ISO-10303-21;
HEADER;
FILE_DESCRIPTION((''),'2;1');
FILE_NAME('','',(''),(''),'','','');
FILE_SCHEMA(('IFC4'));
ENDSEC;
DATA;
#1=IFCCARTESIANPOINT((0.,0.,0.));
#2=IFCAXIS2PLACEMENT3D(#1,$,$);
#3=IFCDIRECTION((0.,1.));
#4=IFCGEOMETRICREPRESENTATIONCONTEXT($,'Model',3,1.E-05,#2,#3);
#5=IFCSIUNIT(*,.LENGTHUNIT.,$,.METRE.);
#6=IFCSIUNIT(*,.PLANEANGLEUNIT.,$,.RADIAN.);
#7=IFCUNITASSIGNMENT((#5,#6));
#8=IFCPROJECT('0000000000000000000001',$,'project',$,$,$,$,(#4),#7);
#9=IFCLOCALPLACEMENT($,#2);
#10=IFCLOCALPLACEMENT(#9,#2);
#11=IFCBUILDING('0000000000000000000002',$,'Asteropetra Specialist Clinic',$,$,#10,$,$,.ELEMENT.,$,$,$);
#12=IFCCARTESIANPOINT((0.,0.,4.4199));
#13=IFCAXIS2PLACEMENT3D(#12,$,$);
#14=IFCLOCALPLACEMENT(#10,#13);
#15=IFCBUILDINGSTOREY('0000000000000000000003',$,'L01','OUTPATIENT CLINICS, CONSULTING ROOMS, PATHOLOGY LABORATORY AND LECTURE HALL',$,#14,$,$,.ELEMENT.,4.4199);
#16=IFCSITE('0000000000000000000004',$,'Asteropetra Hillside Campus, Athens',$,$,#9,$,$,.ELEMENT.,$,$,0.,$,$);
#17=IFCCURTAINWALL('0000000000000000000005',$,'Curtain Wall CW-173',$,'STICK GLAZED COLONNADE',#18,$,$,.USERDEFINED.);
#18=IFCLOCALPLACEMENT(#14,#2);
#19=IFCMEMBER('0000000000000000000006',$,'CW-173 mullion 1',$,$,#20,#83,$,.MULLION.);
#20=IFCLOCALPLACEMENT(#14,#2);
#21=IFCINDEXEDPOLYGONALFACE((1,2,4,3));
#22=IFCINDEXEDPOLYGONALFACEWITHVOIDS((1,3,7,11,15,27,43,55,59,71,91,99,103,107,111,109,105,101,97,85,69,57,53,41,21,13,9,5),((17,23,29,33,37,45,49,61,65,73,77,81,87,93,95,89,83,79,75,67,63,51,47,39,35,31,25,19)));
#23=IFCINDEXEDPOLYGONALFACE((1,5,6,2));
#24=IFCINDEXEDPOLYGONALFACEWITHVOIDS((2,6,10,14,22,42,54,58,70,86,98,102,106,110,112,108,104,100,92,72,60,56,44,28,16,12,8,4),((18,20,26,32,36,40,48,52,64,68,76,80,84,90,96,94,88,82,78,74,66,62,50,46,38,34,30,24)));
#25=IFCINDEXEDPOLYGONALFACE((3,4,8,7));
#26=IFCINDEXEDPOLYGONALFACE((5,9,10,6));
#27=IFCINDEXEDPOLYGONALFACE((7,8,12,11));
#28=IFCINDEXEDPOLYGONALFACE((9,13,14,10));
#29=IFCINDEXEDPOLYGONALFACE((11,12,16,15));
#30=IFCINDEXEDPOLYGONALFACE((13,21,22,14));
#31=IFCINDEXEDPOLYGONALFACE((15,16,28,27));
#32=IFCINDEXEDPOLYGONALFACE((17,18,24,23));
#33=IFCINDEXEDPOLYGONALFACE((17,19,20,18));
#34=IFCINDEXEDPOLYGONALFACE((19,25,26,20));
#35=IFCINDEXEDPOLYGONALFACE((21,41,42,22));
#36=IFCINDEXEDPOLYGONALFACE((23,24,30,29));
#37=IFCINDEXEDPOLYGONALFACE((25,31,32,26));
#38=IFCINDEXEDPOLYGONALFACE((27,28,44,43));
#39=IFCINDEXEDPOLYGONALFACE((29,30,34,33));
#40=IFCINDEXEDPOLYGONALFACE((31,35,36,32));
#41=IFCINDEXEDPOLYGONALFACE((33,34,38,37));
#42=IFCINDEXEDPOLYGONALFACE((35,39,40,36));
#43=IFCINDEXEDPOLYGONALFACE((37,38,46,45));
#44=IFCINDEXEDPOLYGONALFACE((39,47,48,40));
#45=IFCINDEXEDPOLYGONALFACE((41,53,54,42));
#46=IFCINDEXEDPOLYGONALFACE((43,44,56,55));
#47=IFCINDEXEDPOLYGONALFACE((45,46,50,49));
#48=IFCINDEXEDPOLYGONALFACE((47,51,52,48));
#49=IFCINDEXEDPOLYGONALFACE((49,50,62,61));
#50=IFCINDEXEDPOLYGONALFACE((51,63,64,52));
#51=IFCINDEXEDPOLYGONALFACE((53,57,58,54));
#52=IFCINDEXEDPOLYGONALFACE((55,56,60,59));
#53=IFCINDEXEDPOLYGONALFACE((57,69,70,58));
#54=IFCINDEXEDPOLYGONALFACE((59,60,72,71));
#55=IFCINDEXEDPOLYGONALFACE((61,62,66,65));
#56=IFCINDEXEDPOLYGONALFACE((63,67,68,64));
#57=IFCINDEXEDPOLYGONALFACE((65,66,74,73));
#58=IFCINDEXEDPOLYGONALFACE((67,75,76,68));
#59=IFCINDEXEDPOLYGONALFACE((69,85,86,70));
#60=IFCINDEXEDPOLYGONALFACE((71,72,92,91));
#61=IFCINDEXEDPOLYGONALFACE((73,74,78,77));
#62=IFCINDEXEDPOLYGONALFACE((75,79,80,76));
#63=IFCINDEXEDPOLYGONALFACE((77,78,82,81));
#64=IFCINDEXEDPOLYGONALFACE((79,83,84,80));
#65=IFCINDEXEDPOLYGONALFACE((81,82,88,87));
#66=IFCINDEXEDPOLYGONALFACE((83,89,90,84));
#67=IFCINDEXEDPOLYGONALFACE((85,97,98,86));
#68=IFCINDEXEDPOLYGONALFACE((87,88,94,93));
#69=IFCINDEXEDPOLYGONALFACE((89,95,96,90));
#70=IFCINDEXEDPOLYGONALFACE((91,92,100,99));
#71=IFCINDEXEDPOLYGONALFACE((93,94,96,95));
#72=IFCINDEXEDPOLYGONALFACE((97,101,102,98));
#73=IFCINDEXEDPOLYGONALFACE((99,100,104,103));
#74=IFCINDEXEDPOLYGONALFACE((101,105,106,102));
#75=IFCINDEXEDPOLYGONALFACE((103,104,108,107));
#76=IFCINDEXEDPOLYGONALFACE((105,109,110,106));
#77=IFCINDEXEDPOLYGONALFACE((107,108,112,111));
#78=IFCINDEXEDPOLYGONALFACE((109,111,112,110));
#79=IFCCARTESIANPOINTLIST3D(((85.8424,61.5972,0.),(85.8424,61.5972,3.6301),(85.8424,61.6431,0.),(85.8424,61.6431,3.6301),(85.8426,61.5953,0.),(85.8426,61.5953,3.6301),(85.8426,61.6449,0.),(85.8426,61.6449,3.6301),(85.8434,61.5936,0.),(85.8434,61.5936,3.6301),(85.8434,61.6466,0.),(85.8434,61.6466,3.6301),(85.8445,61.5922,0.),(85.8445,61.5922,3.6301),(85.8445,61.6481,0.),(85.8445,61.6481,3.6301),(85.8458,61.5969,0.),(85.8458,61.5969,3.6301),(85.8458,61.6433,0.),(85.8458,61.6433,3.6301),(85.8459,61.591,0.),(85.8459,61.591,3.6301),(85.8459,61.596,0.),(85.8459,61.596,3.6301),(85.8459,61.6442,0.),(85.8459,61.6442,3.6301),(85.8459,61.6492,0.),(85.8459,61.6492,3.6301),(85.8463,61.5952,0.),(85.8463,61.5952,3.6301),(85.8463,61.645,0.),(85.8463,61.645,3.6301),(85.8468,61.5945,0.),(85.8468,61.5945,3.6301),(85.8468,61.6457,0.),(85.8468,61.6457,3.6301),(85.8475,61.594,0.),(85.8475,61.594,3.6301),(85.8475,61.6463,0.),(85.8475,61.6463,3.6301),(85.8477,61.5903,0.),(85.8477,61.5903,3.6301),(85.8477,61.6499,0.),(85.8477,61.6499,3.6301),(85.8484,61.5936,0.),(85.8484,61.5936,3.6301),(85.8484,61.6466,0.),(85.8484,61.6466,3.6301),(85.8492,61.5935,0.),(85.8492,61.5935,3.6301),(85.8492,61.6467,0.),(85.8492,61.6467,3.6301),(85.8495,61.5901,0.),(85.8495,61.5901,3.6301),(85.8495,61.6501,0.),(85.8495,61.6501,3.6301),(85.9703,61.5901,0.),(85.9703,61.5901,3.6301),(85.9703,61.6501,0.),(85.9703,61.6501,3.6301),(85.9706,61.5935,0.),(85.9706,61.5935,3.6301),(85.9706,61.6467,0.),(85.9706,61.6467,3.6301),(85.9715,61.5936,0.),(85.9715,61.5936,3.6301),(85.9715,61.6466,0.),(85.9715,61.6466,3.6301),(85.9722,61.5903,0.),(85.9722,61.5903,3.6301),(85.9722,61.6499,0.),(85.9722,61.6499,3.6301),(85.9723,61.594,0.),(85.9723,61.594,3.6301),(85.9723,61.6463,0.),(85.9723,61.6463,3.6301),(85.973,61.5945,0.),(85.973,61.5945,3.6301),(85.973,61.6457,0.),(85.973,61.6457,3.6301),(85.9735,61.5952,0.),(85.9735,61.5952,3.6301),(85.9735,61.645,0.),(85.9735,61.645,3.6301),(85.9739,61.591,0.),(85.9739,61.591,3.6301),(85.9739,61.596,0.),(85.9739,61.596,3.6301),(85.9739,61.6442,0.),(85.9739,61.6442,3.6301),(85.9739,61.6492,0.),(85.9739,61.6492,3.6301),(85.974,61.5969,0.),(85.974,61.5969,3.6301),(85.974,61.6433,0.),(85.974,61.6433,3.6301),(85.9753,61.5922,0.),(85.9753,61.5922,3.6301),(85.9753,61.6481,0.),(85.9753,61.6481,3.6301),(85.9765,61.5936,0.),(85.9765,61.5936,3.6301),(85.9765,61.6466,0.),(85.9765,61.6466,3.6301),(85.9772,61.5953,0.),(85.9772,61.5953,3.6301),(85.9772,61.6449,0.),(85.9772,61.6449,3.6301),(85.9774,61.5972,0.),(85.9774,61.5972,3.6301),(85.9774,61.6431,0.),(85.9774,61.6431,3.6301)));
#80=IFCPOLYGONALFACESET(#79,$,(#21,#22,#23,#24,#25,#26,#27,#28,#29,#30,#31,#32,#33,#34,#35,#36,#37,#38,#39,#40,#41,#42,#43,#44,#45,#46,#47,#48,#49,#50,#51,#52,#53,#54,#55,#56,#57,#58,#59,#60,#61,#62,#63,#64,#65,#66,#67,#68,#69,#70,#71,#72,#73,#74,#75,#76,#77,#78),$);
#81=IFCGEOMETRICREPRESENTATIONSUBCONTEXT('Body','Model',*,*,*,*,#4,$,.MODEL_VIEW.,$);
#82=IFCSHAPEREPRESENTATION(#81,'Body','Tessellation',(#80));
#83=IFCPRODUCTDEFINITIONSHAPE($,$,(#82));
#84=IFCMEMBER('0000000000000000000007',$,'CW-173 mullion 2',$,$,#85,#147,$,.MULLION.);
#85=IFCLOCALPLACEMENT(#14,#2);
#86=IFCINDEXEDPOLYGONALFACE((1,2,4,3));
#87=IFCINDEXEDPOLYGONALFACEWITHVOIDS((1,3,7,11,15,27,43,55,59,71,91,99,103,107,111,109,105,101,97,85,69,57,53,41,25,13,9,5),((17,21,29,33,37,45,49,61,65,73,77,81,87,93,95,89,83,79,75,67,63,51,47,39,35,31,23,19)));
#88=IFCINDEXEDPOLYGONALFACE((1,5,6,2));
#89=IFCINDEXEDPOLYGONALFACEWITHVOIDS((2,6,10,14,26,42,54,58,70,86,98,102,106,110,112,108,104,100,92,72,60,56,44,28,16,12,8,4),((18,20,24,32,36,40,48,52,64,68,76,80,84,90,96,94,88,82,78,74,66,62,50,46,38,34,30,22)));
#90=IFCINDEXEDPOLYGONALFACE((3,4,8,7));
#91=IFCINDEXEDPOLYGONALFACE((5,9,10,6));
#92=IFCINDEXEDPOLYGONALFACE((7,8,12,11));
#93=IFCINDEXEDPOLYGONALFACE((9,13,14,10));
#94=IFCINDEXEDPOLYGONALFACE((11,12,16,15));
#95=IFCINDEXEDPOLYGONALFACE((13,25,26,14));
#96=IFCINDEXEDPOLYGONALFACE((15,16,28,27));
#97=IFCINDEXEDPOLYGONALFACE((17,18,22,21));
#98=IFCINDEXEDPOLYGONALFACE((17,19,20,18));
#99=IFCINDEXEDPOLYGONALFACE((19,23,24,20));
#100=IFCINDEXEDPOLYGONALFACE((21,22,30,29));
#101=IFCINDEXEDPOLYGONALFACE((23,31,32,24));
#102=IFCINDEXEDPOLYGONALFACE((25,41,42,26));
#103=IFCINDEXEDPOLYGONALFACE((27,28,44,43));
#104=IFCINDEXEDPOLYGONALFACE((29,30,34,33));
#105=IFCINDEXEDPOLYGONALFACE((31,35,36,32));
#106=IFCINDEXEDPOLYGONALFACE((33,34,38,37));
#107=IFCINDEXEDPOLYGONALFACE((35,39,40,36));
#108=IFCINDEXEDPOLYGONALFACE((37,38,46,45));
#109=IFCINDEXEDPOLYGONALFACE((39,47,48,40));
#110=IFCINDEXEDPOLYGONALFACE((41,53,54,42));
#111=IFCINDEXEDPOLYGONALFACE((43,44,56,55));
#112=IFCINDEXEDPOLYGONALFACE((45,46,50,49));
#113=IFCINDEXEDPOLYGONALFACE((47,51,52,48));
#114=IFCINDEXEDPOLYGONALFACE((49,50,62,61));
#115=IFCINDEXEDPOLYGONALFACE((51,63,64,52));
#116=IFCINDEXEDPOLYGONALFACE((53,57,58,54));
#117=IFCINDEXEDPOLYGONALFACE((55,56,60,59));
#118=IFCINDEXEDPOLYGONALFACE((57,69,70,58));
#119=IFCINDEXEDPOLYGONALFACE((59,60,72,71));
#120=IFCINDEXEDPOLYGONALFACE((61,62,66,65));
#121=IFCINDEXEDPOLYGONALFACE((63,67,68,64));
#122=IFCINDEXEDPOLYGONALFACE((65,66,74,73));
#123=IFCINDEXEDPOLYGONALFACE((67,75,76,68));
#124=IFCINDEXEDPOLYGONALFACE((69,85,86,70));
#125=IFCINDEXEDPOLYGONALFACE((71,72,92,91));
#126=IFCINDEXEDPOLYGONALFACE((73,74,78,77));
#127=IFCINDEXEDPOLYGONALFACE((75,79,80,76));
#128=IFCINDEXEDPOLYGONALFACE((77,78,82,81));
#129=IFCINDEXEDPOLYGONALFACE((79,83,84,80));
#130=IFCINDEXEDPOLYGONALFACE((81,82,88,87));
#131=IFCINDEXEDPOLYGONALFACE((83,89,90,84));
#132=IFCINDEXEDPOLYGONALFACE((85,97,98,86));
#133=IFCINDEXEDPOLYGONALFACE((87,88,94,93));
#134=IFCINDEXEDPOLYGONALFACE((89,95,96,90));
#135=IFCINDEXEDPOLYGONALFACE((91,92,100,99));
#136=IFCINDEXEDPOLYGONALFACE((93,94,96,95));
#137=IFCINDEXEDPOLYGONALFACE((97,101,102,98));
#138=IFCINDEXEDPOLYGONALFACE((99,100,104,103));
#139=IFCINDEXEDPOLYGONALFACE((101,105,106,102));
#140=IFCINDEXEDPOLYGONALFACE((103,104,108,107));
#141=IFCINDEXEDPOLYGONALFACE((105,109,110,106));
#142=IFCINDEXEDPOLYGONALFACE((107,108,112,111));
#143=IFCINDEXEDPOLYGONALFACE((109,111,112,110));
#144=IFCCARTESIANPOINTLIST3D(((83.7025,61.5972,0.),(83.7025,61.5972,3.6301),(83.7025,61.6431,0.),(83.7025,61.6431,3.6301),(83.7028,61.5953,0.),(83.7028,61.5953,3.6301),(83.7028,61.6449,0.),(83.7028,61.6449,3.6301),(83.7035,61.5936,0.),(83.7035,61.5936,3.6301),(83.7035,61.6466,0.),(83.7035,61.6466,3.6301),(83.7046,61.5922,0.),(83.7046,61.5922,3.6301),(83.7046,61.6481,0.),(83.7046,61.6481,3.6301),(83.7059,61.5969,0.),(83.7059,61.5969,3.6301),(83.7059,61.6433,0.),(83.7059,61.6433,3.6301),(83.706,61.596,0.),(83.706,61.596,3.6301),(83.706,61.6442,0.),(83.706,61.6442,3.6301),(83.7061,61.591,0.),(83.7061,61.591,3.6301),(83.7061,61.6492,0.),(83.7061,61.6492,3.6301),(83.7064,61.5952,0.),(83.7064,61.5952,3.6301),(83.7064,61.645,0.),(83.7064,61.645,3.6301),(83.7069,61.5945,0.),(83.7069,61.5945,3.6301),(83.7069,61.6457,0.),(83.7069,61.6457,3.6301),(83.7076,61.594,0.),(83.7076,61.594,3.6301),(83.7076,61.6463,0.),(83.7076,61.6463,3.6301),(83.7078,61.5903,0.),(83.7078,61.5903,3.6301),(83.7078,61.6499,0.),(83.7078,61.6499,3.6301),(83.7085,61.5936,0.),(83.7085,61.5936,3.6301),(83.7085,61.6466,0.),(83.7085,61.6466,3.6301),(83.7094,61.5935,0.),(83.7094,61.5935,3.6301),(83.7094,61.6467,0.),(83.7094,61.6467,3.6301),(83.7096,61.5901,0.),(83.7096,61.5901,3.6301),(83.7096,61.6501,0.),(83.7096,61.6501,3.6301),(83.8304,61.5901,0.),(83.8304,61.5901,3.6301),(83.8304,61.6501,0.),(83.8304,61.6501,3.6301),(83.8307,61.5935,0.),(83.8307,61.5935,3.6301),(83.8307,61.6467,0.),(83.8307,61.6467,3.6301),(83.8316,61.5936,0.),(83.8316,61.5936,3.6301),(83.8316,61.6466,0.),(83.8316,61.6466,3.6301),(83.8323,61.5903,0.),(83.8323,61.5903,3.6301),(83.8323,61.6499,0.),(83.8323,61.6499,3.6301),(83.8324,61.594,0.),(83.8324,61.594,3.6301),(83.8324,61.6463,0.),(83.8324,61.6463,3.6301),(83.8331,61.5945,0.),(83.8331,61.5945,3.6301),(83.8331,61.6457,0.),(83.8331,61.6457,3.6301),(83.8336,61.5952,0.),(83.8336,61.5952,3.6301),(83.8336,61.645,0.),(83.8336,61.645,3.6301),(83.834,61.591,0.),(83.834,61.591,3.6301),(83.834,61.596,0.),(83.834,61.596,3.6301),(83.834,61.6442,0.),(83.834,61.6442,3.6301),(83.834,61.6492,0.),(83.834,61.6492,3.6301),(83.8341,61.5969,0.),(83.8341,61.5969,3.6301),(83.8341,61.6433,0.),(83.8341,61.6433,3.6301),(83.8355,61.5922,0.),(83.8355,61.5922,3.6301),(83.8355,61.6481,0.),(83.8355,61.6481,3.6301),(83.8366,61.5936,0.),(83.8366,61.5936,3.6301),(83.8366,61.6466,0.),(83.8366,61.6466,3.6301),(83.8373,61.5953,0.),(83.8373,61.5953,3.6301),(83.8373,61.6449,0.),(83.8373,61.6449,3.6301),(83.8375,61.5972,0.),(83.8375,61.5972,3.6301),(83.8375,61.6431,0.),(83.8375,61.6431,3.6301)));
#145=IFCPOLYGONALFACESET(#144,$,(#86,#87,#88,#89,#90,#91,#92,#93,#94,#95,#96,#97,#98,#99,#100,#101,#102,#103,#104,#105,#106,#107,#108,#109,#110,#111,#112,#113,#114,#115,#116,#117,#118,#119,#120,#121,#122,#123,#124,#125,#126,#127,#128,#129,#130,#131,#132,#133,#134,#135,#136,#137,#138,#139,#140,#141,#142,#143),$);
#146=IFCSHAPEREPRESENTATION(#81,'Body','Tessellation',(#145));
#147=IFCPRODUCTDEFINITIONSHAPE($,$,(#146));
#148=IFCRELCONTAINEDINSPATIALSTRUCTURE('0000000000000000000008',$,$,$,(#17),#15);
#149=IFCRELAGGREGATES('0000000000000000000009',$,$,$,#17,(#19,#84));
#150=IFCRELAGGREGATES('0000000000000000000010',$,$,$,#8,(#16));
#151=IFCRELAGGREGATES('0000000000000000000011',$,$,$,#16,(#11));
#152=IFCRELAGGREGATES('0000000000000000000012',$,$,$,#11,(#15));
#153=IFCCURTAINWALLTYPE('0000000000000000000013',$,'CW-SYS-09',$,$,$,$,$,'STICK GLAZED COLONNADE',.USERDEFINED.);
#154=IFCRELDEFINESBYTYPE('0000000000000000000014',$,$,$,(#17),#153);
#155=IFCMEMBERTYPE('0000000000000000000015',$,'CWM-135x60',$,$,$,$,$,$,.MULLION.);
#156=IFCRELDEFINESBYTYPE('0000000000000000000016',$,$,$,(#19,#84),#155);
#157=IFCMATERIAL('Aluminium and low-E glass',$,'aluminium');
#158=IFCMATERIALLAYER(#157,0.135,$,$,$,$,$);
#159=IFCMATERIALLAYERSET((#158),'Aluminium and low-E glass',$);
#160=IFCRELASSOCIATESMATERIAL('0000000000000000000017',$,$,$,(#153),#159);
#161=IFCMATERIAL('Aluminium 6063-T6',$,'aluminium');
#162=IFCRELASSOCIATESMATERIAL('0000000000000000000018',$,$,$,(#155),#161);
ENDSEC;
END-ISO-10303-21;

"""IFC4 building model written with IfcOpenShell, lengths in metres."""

from ifc_helpers import new_model, si_unit, direction, frame, origin, origin_2d, place, context, subcontext, project, spatial, hollow_rectangle, extrude, material, layer, layer_set, material_profile, profile_set, type_object, element, aggregate, save


model = new_model("IFC4")

# Units and contexts
model_context = context("Model", 3, precision=1e-05, world=origin(), true_north=direction((0.0, 1.0)))
body_context = subcontext(model_context, "Body", "Model", "MODEL_VIEW")
ifc_project = project(units=[si_unit("LENGTHUNIT", "METRE"), si_unit("PLANEANGLEUNIT", "RADIAN")], contexts=[model_context])

# Site, building, storey
site_placement = place(None, origin())
site = spatial("IfcSite", under=ifc_project, at=site_placement, Name="Asteropetra Hillside Campus, Athens", CompositionType="ELEMENT", RefElevation=0.0)
building_placement = place(site_placement, origin())
building = spatial("IfcBuilding", under=site, at=building_placement, Name="Asteropetra Specialist Clinic", CompositionType="ELEMENT")
storey_placement = place(building_placement, frame((0.0, 0.0, 4.4199)))
storey = spatial("IfcBuildingStorey", under=building, at=storey_placement, Name="L01", Description="OUTPATIENT CLINICS, CONSULTING ROOMS, PATHOLOGY LABORATORY AND LECTURE HALL", CompositionType="ELEMENT", Elevation=4.4199)

# Curtain wall, members
ifc_material_1 = material(Name="Aluminium and low-E glass", Category="aluminium")
ifc_layer_1 = layer(ifc_material_1, 0.135)
ifc_layer_set_1 = layer_set([ifc_layer_1], Name="Aluminium and low-E glass")
curtain_wall_type_1 = type_object("IfcCurtainWallType", Name="CW-SYS-09", ElementType="STICK GLAZED COLONNADE", PredefinedType="USERDEFINED", material=ifc_layer_set_1)
curtain_wall_1_placement = place(storey_placement, origin())
curtain_wall_1 = element("IfcCurtainWall", 1, at=curtain_wall_1_placement, inside=storey, type_object=curtain_wall_type_1, Name="Curtain Wall CW-173", ObjectType="STICK GLAZED COLONNADE", PredefinedType="USERDEFINED")
ifc_material_2 = material(Name="Aluminium 6063-T6", Category="aluminium")
ifc_material_profile_1 = material_profile(ifc_material_2, hollow_rectangle(XDim=0.0601, YDim=0.135, WallThickness=0.0034, InnerFilletRadius=0.0034, OuterFilletRadius=0.0071, at=origin_2d()), Name="MUL 135x60x3.5")
ifc_profile_set_1 = profile_set([ifc_material_profile_1], Name="Aluminium 6063-T6")
member_type_1 = type_object("IfcMemberType", Name="CWM-135x60", PredefinedType="MULLION", material=ifc_profile_set_1)
member_1_placement = place(storey_placement, frame((85.9099, 61.6201, 0.0), z_axis=(0.0, 0.0, 1.0), x_axis=(0.0, -1.0, 0.0)))
member_1 = element("IfcMember", 2, at=member_1_placement, type_object=member_type_1, Name="CW-173 mullion 1", PredefinedType="MULLION", context=body_context, shape_type="SweptSolid", body=[
    extrude(hollow_rectangle(XDim=0.0601, YDim=0.135, WallThickness=0.0034, InnerFilletRadius=0.0034, OuterFilletRadius=0.0071, at=origin_2d()), origin(), (0.0, 0.0, 1.0), 3.6301),
])
member_2_placement = place(storey_placement, frame((83.77, 61.6201, 0.0), z_axis=(0.0, 0.0, 1.0), x_axis=(0.0, -1.0, 0.0)))
member_2 = element("IfcMember", 3, at=member_2_placement, type_object=member_type_1, Name="CW-173 mullion 2", PredefinedType="MULLION", context=body_context, shape_type="SweptSolid", body=[
    extrude(hollow_rectangle(XDim=0.0601, YDim=0.135, WallThickness=0.0034, InnerFilletRadius=0.0034, OuterFilletRadius=0.0071, at=origin_2d()), origin(), (0.0, 0.0, 1.0), 3.6301),
])

aggregate(curtain_wall_1, [member_1, member_2])

save(model, "model.ifc")
